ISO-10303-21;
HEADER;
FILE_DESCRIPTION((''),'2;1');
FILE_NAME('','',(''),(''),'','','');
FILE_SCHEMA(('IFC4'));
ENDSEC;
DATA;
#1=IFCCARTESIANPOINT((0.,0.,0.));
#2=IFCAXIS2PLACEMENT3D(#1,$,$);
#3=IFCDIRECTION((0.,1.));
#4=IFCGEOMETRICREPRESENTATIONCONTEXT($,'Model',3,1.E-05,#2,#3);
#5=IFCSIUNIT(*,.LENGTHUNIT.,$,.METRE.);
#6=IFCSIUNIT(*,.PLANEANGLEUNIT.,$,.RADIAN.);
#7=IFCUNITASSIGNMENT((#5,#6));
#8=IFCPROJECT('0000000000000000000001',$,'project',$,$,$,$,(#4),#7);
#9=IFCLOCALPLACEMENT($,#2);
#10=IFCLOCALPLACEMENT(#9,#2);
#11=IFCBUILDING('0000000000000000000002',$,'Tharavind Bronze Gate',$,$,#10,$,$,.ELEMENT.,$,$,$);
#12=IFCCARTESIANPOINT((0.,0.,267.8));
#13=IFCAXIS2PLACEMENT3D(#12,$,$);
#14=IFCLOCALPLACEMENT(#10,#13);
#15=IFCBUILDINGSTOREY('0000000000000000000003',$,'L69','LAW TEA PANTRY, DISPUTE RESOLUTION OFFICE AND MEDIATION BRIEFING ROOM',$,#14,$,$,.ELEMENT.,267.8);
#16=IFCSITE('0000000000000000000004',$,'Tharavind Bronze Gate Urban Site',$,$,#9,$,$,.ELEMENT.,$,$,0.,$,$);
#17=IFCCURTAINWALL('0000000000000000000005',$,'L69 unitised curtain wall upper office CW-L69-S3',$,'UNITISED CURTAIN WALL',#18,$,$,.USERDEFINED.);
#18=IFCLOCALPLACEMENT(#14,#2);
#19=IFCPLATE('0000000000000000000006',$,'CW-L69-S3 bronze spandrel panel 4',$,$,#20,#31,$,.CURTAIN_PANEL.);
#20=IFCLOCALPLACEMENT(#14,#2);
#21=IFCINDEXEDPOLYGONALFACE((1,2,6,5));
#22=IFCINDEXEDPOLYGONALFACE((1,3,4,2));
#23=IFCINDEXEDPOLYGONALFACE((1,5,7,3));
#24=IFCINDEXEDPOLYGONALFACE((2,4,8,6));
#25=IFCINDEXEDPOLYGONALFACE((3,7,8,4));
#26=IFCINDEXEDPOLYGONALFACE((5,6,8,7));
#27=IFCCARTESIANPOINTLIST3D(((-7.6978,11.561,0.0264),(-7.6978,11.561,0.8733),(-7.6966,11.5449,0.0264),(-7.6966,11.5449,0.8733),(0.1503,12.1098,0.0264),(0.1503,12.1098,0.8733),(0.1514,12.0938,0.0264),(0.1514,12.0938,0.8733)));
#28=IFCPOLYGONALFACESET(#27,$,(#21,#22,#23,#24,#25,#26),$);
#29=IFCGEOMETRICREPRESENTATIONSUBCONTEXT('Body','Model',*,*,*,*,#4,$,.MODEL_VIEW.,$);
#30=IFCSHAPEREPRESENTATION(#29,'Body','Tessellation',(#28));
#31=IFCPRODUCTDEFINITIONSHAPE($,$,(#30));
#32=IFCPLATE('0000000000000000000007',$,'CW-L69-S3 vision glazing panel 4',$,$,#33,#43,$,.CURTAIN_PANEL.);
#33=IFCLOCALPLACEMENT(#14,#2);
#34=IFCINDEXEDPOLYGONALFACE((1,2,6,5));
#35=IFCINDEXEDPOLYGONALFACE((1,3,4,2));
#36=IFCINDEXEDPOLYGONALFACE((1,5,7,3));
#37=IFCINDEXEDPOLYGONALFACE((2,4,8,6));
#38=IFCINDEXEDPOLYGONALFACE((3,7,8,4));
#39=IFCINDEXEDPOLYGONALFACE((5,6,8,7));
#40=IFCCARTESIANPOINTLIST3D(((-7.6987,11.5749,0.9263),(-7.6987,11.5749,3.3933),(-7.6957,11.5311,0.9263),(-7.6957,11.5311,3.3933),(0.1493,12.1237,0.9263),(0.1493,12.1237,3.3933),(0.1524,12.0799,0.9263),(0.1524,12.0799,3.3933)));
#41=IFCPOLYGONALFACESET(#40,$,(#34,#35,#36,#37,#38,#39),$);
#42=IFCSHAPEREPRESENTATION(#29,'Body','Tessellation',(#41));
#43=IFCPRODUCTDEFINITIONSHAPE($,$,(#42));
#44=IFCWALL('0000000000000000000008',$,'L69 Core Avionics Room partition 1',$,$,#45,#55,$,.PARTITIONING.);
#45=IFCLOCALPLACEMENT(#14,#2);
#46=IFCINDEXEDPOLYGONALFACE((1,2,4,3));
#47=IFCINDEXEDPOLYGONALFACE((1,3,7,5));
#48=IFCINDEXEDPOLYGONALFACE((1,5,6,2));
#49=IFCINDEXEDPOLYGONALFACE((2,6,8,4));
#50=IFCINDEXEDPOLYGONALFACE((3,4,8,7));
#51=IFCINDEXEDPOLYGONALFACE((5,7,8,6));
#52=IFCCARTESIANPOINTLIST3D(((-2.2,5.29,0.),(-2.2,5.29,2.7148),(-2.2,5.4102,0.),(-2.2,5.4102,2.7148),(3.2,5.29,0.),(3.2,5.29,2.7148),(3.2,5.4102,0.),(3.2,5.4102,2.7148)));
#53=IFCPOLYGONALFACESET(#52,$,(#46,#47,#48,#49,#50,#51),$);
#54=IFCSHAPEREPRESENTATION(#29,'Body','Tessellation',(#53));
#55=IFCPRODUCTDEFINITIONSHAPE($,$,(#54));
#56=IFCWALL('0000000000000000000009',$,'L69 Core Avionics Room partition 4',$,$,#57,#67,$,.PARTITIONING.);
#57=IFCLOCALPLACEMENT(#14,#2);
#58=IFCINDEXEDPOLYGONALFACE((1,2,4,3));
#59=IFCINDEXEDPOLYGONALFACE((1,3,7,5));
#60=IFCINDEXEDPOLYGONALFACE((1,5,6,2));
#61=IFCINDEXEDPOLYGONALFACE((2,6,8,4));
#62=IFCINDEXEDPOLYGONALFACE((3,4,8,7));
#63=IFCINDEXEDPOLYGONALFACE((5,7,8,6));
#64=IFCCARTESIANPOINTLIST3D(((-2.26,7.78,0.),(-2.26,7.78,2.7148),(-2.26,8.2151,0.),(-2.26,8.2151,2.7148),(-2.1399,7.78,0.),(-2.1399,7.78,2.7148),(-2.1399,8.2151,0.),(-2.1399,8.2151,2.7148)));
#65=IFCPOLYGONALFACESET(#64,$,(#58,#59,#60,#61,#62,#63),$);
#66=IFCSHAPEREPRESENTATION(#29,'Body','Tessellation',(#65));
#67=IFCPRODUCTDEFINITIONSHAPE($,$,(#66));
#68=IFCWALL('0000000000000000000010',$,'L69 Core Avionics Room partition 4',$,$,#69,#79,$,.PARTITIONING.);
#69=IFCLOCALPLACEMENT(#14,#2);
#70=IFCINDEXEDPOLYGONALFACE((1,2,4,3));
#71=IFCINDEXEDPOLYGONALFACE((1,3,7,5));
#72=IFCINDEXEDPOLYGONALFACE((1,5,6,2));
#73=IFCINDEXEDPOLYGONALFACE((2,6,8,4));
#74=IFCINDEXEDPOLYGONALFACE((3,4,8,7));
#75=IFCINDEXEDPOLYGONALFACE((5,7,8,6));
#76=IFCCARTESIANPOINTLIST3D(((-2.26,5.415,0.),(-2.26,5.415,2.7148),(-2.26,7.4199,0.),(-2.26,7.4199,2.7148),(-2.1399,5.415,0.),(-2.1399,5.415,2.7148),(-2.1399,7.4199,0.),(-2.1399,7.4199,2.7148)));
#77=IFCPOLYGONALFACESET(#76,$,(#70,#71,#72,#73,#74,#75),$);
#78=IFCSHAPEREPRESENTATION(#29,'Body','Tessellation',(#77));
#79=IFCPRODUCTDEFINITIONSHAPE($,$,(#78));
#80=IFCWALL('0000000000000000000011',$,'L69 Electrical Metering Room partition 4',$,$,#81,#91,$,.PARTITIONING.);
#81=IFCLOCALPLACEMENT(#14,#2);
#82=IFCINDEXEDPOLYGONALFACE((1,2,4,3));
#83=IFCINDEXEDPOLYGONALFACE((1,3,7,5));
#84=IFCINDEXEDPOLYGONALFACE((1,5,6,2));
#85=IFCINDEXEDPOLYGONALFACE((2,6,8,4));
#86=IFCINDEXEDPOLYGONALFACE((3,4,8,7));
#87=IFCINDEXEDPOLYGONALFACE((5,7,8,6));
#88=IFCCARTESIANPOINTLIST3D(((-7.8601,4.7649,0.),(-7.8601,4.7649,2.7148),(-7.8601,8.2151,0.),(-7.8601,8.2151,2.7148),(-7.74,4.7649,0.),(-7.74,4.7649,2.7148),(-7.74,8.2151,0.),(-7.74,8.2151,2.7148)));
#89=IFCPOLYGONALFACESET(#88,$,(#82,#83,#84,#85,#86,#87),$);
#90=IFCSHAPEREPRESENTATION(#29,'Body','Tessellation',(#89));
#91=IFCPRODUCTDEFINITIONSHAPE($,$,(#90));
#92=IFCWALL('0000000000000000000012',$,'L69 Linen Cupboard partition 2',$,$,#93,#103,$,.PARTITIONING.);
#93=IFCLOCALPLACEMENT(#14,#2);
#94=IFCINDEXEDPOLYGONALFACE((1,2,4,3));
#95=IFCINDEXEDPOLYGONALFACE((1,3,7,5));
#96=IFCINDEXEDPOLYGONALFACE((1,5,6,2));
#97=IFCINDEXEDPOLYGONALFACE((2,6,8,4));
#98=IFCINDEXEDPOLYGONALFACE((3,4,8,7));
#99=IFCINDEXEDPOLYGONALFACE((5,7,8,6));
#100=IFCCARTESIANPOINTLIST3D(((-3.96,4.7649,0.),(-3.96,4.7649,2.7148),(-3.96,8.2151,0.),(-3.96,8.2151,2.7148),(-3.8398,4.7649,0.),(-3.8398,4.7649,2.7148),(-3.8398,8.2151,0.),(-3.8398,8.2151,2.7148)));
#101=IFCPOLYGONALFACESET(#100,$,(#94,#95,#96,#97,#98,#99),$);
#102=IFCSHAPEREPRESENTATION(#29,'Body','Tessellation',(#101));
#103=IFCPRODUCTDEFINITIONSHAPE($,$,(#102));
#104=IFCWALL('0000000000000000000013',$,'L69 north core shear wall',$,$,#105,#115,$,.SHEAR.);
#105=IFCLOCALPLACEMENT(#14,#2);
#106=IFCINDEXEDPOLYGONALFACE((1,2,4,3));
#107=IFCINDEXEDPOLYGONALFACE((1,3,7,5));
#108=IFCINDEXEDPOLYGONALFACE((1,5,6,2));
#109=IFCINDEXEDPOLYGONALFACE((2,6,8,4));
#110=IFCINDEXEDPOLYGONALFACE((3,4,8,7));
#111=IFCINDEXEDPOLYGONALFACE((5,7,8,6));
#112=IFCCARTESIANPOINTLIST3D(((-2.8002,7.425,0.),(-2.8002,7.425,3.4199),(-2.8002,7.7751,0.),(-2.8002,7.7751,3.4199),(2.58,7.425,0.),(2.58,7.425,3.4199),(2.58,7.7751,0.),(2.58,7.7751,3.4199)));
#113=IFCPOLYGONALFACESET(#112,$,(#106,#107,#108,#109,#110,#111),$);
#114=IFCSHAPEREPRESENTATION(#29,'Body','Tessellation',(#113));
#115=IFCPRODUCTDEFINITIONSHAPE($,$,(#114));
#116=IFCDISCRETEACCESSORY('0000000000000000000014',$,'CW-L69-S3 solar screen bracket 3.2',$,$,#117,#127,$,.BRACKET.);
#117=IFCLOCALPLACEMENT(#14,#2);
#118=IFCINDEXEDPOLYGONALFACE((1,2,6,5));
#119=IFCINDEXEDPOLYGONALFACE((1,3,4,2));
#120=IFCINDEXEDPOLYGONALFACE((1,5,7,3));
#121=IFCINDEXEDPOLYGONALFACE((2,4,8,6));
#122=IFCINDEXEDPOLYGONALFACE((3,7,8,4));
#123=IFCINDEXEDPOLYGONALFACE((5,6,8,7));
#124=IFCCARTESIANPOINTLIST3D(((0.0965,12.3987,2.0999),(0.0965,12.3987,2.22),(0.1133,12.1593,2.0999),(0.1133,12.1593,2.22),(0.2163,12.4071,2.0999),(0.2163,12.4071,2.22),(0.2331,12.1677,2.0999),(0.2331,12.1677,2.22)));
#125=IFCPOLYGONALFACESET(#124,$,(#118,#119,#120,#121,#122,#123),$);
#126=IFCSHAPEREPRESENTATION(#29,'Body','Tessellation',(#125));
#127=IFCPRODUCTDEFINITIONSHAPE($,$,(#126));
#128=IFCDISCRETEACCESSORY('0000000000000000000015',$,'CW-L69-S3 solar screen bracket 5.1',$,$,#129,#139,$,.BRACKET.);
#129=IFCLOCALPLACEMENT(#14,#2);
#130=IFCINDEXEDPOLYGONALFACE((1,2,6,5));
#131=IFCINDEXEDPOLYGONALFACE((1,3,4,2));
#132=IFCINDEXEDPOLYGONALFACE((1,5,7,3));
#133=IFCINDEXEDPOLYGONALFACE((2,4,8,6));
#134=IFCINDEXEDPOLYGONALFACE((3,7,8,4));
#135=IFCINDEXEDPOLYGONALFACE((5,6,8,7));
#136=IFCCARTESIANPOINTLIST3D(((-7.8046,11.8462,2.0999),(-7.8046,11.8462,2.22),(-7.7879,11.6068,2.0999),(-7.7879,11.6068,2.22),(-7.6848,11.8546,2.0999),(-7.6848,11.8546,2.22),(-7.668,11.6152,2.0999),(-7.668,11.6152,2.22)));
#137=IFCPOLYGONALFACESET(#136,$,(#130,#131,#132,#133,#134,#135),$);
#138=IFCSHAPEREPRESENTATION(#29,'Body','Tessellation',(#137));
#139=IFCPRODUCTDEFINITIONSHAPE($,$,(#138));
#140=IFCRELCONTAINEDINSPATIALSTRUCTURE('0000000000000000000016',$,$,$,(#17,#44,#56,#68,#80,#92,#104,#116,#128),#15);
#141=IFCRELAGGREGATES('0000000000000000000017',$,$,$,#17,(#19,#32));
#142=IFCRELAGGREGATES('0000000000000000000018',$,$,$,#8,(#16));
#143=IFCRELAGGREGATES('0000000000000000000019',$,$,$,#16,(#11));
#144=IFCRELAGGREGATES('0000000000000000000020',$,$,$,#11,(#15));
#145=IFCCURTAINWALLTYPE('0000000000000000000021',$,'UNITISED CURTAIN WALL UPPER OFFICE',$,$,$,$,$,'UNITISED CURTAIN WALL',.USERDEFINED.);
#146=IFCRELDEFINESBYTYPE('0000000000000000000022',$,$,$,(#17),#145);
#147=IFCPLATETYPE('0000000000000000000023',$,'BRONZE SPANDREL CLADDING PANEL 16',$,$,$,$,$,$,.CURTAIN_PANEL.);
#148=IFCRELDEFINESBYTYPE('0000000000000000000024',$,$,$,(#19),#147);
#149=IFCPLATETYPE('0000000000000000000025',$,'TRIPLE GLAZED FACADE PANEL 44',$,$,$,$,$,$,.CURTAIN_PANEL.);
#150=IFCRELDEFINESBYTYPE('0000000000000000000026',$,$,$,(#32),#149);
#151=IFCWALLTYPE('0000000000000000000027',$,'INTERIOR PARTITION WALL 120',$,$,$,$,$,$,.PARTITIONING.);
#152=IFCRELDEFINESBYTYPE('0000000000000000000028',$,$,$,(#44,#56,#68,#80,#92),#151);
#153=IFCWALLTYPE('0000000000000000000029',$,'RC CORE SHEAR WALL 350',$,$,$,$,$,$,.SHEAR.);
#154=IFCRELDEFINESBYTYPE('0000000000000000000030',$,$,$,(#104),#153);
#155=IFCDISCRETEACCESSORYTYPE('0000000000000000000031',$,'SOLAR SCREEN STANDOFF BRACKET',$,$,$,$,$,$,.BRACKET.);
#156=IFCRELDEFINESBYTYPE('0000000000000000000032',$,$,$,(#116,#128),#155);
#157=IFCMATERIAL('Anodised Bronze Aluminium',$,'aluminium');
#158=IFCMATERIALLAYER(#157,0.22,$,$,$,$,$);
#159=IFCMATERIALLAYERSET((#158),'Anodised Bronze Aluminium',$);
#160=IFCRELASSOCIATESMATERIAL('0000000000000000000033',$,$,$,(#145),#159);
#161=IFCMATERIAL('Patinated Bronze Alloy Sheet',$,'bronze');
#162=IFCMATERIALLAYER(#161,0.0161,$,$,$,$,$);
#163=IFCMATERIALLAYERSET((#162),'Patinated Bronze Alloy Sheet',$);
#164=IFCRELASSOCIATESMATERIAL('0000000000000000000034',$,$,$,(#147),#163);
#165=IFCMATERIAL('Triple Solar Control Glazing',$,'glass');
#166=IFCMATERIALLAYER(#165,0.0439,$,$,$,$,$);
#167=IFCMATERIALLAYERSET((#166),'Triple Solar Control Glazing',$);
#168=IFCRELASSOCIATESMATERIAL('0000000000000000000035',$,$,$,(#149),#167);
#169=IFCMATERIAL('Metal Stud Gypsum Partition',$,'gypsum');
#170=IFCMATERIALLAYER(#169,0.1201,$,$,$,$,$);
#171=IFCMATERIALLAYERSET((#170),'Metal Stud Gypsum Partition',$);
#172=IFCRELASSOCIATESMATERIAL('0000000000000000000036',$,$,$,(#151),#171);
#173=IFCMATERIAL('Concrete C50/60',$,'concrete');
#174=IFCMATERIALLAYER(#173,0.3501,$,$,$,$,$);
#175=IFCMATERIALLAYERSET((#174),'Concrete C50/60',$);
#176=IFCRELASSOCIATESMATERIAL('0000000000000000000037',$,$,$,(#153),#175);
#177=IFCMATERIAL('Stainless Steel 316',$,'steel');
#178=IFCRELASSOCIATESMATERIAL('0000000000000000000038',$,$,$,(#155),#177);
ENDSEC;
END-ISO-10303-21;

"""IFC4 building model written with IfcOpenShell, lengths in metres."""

from ifc_helpers import new_model, si_unit, direction, frame, frame_2d, origin, origin_2d, place, context, subcontext, project, spatial, rectangle, extrude, material, layer, layer_set, type_object, element, aggregate, save


model = new_model("IFC4")

# Units and contexts
model_context = context("Model", 3, precision=1e-05, world=origin(), true_north=direction((0.0, 1.0)))
body_context = subcontext(model_context, "Body", "Model", "MODEL_VIEW")
ifc_project = project(units=[si_unit("LENGTHUNIT", "METRE"), si_unit("PLANEANGLEUNIT", "RADIAN")], contexts=[model_context])

# Site, building, storey
site_placement = place(None, origin())
site = spatial("IfcSite", under=ifc_project, at=site_placement, Name="Tharavind Bronze Gate Urban Site", CompositionType="ELEMENT", RefElevation=0.0)
building_placement = place(site_placement, origin())
building = spatial("IfcBuilding", under=site, at=building_placement, Name="Tharavind Bronze Gate", CompositionType="ELEMENT")
storey_placement = place(building_placement, frame((0.0, 0.0, 267.8)))
storey = spatial("IfcBuildingStorey", under=building, at=storey_placement, Name="L69", Description="LAW TEA PANTRY, DISPUTE RESOLUTION OFFICE AND MEDIATION BRIEFING ROOM", CompositionType="ELEMENT", Elevation=267.8)

# Curtain wall
ifc_material_1 = material(Name="Anodised Bronze Aluminium", Category="aluminium")
ifc_layer_1 = layer(ifc_material_1, 0.22)
ifc_layer_set_1 = layer_set([ifc_layer_1], Name="Anodised Bronze Aluminium")
curtain_wall_type = type_object("IfcCurtainWallType", Name="UNITISED CURTAIN WALL UPPER OFFICE", ElementType="UNITISED CURTAIN WALL", PredefinedType="USERDEFINED", material=ifc_layer_set_1)
curtain_wall_placement = place(storey_placement, origin())
curtain_wall = element("IfcCurtainWall", 1, at=curtain_wall_placement, inside=storey, type_object=curtain_wall_type, Name="L69 unitised curtain wall upper office CW-L69-S3", ObjectType="UNITISED CURTAIN WALL", PredefinedType="USERDEFINED")

# Plates
ifc_material_2 = material(Name="Patinated Bronze Alloy Sheet", Category="bronze")
ifc_layer_2 = layer(ifc_material_2, 0.0161)
ifc_layer_set_2 = layer_set([ifc_layer_2], Name="Patinated Bronze Alloy Sheet")
plate_type_1 = type_object("IfcPlateType", Name="BRONZE SPANDREL CLADDING PANEL 16", PredefinedType="CURTAIN_PANEL", material=ifc_layer_set_2)
plate_1_placement = place(storey_placement, frame((-3.7732, 11.8274, 0.0264), z_axis=(0.0, 0.0, 1.0), x_axis=(-0.997564, -0.06976, 0.0)))
plate_1 = element("IfcPlate", 2, at=plate_1_placement, type_object=plate_type_1, Name="CW-L69-S3 bronze spandrel panel 4", PredefinedType="CURTAIN_PANEL", context=body_context, shape_type="SweptSolid", body=[
    extrude(rectangle(XDim=7.8672, YDim=0.0161, at=origin_2d()), origin(), (0.0, 0.0, 1.0), 0.8469),
])
ifc_material_3 = material(Name="Triple Solar Control Glazing", Category="glass")
ifc_layer_3 = layer(ifc_material_3, 0.0439)
ifc_layer_set_3 = layer_set([ifc_layer_3], Name="Triple Solar Control Glazing")
plate_type_2 = type_object("IfcPlateType", Name="TRIPLE GLAZED FACADE PANEL 44", PredefinedType="CURTAIN_PANEL", material=ifc_layer_set_3)
plate_2_placement = place(storey_placement, frame((-3.7732, 11.8274, 0.9263), z_axis=(0.0, 0.0, 1.0), x_axis=(-0.997564, -0.06976, 0.0)))
plate_2 = element("IfcPlate", 3, at=plate_2_placement, type_object=plate_type_2, Name="CW-L69-S3 vision glazing panel 4", PredefinedType="CURTAIN_PANEL", context=body_context, shape_type="SweptSolid", body=[
    extrude(rectangle(XDim=7.8672, YDim=0.0439, at=origin_2d()), origin(), (0.0, 0.0, 1.0), 2.467),
])
aggregate(curtain_wall, [plate_1, plate_2])

# Walls
ifc_material_4 = material(Name="Metal Stud Gypsum Partition", Category="gypsum")
ifc_layer_4 = layer(ifc_material_4, 0.1201)
ifc_layer_set_4 = layer_set([ifc_layer_4], Name="Metal Stud Gypsum Partition")
wall_type_1 = type_object("IfcWallType", Name="INTERIOR PARTITION WALL 120", PredefinedType="PARTITIONING", material=ifc_layer_set_4)
wall_1_placement = place(storey_placement, frame((-2.2, 5.3501, 0.0), z_axis=(0.0, 0.0, 1.0), x_axis=(1.0, 0.0, 0.0)))
element("IfcWall", 4, at=wall_1_placement, inside=storey, type_object=wall_type_1, Name="L69 Core Avionics Room partition 1", PredefinedType="PARTITIONING", context=body_context, shape_type="SweptSolid", body=[
    extrude(rectangle(XDim=5.3999, YDim=0.1201, at=frame_2d((2.7, 0.0))), origin(), (0.0, 0.0, 1.0), 2.7148),
])
wall_2_placement = place(storey_placement, frame((-2.2, 8.2151, 0.0), z_axis=(0.0, 0.0, 1.0), x_axis=(0.0, -1.0, 0.0)))
element("IfcWall", 5, at=wall_2_placement, inside=storey, type_object=wall_type_1, Name="L69 Core Avionics Room partition 4", PredefinedType="PARTITIONING", context=body_context, shape_type="SweptSolid", body=[
    extrude(rectangle(XDim=0.4351, YDim=0.1201, at=frame_2d((0.2175, 0.0))), origin(), (0.0, 0.0, 1.0), 2.7148),
])
wall_3_placement = place(storey_placement, frame((-2.2, 7.4199, 0.0), z_axis=(0.0, 0.0, 1.0), x_axis=(0.0, -1.0, 0.0)))
element("IfcWall", 6, at=wall_3_placement, inside=storey, type_object=wall_type_1, Name="L69 Core Avionics Room partition 4", PredefinedType="PARTITIONING", context=body_context, shape_type="SweptSolid", body=[
    extrude(rectangle(XDim=2.0049, YDim=0.1201, at=frame_2d((1.0024, 0.0))), origin(), (0.0, 0.0, 1.0), 2.7148),
])
for number, where, z_axis, x_axis, name in (
    (7, (-7.8, 8.2151, 0.0), (0.0, 0.0, 1.0), (0.0, -1.0, 0.0), "L69 Electrical Metering Room partition 4"),
    (8, (-3.8999, 4.7649, 0.0), (0.0, 0.0, 1.0), (0.0, 1.0, 0.0), "L69 Linen Cupboard partition 2"),
):
    element("IfcWall", number, at=place(storey_placement, frame(where, z_axis=z_axis, x_axis=x_axis)), inside=storey, type_object=wall_type_1, Name=name, PredefinedType="PARTITIONING", context=body_context, shape_type="SweptSolid", body=[
        extrude(rectangle(XDim=3.4502, YDim=0.1201, at=frame_2d((1.7251, 0.0))), origin(), (0.0, 0.0, 1.0), 2.7148),
    ])
ifc_material_5 = material(Name="Concrete C50/60", Category="concrete")
ifc_layer_5 = layer(ifc_material_5, 0.3501)
ifc_layer_set_5 = layer_set([ifc_layer_5], Name="Concrete C50/60")
wall_type_2 = type_object("IfcWallType", Name="RC CORE SHEAR WALL 350", PredefinedType="SHEAR", material=ifc_layer_set_5)
wall_4_placement = place(storey_placement, frame((-2.8, 7.6001, 0.0), z_axis=(0.0, 0.0, 1.0), x_axis=(1.0, 0.0, 0.0)))
element("IfcWall", 9, at=wall_4_placement, inside=storey, type_object=wall_type_2, Name="L69 north core shear wall", PredefinedType="SHEAR", context=body_context, shape_type="SweptSolid", body=[
    extrude(rectangle(XDim=5.3801, YDim=0.3501, at=frame_2d((2.6899, 0.0))), origin(), (0.0, 0.0, 1.0), 3.4199),
])

# Discrete accessories
ifc_material_6 = material(Name="Stainless Steel 316", Category="steel")
discrete_accessory_type = type_object("IfcDiscreteAccessoryType", Name="SOLAR SCREEN STANDOFF BRACKET", PredefinedType="BRACKET", material=ifc_material_6)
for number, where, z_axis, x_axis, name in (
    (10, (0.1648, 12.2832, 2.0999), (0.0, 0.0, 1.0), (-0.997564, -0.06976, 0.0), "CW-L69-S3 solar screen bracket 3.2"),
    (11, (-7.7363, 11.7307, 2.0999), (0.0, 0.0, 1.0), (-0.997564, -0.06976, 0.0), "CW-L69-S3 solar screen bracket 5.1"),
):
    element("IfcDiscreteAccessory", number, at=place(storey_placement, frame(where, z_axis=z_axis, x_axis=x_axis)), inside=storey, type_object=discrete_accessory_type, Name=name, PredefinedType="BRACKET", context=body_context, shape_type="SweptSolid", body=[
        extrude(rectangle(XDim=0.1201, YDim=0.24, at=origin_2d()), origin(), (0.0, 0.0, 1.0), 0.1201),
    ])

save(model, "model.ifc")
